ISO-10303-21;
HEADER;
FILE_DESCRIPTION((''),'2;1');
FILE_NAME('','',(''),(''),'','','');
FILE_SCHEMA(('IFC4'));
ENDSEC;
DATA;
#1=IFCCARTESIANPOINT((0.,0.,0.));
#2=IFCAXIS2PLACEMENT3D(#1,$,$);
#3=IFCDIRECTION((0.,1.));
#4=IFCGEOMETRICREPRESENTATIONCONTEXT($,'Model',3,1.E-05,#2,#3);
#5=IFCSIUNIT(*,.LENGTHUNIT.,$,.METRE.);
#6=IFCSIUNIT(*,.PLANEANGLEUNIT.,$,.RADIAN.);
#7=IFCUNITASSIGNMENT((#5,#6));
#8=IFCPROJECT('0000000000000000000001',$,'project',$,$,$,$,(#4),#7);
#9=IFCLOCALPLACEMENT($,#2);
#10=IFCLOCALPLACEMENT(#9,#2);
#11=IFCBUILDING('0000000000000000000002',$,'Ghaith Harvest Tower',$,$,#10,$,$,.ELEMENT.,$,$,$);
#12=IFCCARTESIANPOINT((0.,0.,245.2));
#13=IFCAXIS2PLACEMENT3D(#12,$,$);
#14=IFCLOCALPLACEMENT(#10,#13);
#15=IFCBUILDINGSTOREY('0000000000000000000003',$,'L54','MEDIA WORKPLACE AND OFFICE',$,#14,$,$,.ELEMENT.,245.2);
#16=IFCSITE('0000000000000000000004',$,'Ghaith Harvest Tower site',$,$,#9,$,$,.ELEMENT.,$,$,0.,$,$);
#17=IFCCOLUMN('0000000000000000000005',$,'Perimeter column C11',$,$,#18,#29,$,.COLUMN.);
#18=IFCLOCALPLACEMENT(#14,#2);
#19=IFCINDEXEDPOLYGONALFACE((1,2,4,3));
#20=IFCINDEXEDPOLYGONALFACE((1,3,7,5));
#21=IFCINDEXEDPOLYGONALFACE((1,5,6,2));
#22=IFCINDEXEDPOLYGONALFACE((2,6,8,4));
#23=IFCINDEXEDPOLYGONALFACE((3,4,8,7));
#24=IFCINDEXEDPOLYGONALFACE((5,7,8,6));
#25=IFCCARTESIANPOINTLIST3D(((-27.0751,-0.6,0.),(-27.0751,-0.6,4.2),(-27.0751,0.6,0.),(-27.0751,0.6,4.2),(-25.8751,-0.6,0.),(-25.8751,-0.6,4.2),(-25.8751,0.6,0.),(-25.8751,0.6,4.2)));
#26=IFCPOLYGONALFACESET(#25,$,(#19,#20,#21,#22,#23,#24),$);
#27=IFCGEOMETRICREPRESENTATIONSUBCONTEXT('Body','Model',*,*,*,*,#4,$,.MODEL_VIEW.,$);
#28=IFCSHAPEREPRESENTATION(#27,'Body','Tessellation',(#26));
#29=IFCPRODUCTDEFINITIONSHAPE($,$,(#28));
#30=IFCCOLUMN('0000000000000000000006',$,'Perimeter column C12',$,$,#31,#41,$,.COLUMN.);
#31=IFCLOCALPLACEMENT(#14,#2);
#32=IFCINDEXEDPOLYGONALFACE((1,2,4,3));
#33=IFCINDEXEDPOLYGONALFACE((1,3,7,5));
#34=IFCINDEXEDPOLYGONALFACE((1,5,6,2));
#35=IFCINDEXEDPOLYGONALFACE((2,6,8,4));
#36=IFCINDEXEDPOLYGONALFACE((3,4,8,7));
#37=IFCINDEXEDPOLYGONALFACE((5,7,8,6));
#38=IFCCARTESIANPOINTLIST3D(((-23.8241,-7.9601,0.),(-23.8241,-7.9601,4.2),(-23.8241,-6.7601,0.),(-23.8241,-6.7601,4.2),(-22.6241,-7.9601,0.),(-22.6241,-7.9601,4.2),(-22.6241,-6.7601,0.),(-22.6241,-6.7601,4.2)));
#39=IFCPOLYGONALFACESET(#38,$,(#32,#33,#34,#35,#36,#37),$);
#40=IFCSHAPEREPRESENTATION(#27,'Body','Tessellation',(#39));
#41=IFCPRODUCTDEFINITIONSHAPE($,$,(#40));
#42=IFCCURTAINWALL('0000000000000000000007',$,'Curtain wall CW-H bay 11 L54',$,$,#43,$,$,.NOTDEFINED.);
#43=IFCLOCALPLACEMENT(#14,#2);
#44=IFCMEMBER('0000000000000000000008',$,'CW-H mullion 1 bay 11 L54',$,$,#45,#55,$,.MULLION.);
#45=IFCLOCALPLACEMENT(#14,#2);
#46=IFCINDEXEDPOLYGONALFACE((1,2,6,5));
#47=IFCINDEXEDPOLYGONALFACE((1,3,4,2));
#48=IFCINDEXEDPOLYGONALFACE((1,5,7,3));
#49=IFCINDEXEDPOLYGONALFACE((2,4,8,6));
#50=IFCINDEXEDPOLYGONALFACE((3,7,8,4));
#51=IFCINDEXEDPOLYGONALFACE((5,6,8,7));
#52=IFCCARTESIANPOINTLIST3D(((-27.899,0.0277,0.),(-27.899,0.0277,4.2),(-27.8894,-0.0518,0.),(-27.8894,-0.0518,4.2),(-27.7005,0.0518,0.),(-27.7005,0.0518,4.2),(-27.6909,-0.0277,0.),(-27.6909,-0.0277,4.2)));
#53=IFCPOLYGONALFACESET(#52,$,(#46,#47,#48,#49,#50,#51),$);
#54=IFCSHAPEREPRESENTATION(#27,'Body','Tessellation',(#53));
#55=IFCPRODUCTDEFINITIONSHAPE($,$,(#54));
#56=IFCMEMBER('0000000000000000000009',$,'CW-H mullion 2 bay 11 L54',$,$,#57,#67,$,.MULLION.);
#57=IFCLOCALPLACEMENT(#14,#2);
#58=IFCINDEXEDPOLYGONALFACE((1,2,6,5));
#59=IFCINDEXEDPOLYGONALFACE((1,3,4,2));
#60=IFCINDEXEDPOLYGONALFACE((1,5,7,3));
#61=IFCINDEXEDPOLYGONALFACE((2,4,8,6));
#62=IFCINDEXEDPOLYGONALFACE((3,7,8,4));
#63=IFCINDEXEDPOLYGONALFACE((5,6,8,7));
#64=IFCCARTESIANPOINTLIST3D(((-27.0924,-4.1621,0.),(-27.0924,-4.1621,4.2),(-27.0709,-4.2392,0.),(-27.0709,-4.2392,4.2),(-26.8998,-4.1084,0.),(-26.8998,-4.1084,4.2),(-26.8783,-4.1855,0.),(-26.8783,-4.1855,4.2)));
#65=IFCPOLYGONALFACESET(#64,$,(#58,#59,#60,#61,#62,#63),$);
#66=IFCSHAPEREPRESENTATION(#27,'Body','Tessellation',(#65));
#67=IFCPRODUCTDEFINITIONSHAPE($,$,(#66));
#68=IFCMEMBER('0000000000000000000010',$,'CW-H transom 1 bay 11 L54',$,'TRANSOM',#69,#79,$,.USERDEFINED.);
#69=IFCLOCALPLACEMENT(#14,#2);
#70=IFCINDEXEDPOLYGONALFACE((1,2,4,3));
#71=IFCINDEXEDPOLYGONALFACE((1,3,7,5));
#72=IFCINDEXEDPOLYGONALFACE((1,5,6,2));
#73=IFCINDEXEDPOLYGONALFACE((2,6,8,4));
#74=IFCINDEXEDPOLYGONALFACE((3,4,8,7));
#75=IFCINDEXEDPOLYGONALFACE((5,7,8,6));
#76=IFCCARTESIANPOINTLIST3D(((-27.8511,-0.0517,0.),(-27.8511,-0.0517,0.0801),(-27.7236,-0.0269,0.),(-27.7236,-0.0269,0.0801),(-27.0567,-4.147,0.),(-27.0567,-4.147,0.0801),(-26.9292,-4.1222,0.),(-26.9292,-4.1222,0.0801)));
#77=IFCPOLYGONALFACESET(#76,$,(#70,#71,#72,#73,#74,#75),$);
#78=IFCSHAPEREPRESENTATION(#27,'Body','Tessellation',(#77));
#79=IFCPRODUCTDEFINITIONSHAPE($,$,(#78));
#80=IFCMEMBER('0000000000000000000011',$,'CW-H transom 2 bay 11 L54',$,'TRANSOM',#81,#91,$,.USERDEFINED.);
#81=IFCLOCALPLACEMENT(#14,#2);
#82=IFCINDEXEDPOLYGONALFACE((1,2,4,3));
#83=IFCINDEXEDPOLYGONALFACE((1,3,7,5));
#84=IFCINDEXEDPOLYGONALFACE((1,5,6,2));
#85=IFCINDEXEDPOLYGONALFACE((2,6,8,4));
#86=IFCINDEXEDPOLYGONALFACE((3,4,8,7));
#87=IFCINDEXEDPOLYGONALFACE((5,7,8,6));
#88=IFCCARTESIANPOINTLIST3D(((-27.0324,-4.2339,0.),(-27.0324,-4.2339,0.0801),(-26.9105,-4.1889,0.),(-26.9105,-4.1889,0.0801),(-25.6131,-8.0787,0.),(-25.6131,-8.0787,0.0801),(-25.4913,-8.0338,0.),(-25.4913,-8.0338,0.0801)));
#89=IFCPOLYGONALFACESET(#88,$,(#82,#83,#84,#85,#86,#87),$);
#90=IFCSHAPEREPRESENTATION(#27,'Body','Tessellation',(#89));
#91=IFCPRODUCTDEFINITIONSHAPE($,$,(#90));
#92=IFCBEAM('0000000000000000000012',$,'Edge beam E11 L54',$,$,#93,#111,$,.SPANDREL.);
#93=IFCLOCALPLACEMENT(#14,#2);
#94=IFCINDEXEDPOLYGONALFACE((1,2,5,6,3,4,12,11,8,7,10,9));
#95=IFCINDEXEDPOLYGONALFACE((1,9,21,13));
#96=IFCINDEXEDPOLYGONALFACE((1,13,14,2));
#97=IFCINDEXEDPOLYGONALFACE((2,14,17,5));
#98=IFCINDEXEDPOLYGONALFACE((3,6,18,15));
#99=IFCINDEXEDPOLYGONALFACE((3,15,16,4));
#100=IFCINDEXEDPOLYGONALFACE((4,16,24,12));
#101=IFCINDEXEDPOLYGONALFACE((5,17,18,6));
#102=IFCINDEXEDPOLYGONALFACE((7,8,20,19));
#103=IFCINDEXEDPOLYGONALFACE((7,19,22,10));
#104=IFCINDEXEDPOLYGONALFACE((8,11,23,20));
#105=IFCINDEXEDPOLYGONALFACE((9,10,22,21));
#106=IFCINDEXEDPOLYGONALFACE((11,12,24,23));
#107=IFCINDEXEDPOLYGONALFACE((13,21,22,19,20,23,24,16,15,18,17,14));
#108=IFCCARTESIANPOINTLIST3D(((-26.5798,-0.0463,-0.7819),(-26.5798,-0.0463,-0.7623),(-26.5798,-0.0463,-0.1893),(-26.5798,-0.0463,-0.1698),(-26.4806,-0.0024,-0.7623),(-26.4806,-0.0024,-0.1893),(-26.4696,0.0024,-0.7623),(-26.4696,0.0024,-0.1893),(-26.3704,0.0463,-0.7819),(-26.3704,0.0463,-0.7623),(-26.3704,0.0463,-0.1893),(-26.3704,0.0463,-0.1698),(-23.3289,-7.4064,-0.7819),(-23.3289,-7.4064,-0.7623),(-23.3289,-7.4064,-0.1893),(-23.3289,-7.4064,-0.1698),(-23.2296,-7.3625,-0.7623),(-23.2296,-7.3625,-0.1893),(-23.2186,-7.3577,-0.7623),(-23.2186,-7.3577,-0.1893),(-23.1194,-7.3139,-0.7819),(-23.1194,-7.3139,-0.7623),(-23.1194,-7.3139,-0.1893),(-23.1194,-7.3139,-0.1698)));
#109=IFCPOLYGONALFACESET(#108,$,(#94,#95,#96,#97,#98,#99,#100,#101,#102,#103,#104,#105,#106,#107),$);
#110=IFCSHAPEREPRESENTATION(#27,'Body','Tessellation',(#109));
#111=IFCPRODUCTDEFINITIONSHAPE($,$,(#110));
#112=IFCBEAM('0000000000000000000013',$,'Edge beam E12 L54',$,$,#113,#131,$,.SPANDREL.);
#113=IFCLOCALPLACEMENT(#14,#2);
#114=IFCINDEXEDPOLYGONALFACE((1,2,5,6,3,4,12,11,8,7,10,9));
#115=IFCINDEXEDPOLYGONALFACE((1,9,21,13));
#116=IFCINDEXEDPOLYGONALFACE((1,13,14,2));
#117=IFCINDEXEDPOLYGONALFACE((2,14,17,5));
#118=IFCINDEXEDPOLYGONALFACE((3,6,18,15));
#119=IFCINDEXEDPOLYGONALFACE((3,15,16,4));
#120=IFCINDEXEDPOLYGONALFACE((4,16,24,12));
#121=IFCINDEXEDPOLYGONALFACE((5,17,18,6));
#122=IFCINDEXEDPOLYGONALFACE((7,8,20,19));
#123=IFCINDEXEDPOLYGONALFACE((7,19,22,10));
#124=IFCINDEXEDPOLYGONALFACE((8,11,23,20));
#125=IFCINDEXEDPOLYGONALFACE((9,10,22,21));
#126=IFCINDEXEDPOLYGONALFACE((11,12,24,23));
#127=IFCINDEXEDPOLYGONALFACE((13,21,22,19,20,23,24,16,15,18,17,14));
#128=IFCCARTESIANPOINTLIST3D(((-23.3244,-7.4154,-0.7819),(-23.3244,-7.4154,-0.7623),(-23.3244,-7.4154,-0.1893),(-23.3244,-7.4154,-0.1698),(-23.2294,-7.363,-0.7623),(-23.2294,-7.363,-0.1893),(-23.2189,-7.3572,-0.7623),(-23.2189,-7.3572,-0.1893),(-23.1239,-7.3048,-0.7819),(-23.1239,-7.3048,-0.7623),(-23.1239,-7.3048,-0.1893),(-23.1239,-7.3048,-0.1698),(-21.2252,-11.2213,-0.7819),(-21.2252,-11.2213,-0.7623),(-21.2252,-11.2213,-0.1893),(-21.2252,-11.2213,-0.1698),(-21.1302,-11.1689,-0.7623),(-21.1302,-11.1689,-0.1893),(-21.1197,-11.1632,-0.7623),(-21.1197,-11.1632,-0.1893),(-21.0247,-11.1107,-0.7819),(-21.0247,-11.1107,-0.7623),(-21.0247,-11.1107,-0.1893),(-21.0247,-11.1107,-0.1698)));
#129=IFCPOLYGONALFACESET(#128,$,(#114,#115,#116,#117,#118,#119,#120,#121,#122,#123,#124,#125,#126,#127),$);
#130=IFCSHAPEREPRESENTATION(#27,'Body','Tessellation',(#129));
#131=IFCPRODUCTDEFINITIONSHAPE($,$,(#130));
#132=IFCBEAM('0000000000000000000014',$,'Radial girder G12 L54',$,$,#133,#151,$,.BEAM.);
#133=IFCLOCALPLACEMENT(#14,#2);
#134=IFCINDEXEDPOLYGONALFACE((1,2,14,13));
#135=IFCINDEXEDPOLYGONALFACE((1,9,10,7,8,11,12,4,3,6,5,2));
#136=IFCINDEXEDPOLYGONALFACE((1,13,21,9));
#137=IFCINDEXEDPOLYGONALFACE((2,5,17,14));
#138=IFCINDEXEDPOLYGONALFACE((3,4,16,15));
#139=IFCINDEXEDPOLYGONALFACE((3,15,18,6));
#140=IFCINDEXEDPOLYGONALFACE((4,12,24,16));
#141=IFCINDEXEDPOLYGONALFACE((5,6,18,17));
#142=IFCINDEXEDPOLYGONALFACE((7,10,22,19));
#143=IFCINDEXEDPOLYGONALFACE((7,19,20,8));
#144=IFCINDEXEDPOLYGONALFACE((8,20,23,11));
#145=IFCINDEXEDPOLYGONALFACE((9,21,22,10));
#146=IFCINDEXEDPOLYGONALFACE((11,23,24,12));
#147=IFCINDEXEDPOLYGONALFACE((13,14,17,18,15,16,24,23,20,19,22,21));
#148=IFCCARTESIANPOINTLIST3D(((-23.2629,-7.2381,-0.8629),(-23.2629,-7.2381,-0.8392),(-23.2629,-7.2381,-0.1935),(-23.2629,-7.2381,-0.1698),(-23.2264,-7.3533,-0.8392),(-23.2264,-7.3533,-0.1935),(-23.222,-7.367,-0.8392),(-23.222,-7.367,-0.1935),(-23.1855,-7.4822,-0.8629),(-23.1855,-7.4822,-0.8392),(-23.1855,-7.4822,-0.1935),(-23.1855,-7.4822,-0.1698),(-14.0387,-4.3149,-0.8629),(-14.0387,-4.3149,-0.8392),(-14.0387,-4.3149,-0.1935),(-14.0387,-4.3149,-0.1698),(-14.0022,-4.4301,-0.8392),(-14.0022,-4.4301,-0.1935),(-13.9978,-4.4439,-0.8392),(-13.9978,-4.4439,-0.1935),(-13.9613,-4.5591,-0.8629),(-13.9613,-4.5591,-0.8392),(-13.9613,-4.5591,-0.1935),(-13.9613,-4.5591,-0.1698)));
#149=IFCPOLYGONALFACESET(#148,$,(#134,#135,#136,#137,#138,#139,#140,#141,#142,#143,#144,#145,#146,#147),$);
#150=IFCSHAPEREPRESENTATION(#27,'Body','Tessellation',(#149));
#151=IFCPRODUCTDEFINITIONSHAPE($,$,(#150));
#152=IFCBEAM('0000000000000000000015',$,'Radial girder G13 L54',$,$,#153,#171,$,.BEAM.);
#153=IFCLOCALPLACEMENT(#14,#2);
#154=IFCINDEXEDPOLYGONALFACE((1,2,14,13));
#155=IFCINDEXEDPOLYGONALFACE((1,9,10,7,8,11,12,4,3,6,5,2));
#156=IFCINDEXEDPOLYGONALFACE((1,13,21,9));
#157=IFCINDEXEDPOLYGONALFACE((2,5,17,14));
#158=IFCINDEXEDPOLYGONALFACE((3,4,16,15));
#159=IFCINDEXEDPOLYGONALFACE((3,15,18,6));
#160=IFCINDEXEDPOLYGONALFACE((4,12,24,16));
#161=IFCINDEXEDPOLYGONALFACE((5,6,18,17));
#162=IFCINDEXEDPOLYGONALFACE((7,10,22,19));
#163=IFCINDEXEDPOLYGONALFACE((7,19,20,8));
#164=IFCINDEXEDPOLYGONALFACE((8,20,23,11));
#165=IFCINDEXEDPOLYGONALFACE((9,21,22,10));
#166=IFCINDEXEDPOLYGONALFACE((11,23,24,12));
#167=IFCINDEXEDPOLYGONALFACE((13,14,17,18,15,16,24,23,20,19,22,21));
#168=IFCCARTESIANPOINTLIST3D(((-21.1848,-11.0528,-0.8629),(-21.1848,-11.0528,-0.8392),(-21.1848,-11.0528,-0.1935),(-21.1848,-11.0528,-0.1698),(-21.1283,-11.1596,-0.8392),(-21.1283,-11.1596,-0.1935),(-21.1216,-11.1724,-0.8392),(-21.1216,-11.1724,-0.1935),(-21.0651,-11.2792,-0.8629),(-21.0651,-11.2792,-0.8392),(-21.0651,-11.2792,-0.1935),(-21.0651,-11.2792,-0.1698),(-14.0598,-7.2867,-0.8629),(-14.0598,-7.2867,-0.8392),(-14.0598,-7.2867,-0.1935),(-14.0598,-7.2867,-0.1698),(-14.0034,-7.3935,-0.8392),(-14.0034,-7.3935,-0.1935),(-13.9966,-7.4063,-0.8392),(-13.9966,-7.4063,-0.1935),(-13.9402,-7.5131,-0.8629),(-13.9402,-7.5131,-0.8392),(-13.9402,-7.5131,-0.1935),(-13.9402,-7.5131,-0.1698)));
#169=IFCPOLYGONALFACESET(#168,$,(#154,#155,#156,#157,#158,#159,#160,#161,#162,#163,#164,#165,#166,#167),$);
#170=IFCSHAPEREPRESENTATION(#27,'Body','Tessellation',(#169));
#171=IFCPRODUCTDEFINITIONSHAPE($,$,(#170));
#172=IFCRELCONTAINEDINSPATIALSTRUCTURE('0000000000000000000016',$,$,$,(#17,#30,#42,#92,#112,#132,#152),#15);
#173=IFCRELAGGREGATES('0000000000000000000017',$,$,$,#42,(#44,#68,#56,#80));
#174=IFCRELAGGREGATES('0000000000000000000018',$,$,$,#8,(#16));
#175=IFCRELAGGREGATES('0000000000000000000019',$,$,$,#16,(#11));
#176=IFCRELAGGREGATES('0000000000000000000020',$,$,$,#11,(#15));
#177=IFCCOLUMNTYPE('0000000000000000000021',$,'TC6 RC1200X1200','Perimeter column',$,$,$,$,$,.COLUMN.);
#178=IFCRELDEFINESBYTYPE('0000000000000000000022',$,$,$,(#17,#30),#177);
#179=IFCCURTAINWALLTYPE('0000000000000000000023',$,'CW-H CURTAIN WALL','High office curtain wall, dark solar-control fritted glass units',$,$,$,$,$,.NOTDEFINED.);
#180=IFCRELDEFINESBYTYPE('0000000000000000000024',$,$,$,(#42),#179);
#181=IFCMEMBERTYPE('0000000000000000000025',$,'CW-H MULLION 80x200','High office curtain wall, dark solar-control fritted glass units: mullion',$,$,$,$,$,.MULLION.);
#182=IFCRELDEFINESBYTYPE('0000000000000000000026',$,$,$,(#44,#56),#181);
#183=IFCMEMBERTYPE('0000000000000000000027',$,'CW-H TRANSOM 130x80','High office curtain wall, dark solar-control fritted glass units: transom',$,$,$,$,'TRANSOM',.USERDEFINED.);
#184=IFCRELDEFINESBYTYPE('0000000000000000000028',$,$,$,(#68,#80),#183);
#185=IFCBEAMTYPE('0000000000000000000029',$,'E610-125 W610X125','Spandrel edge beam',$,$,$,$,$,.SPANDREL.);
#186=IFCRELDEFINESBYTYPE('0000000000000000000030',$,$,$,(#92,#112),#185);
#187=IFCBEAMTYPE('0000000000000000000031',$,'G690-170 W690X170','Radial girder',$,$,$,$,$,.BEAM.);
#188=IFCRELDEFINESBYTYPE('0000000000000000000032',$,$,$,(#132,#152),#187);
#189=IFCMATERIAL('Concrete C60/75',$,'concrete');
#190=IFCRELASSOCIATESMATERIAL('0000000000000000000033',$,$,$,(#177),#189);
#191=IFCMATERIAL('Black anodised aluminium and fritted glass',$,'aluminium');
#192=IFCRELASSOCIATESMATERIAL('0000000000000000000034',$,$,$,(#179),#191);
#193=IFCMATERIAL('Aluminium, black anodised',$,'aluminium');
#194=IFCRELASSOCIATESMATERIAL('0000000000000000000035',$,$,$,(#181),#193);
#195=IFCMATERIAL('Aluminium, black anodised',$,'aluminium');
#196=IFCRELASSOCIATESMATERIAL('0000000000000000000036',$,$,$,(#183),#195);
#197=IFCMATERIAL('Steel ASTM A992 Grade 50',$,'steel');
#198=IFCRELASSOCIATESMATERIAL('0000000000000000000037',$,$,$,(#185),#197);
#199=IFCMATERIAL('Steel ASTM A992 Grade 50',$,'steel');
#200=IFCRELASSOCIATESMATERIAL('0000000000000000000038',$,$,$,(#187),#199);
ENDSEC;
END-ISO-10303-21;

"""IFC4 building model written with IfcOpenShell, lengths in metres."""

from ifc_helpers import new_model, si_unit, direction, frame, origin, origin_2d, place, context, subcontext, project, spatial, rectangle, i_section, extrude, material, material_profile, profile_set, type_object, element, aggregate, save


model = new_model("IFC4")

# Units and contexts
model_context = context("Model", 3, precision=1e-05, world=origin(), true_north=direction((0.0, 1.0)))
body_context = subcontext(model_context, "Body", "Model", "MODEL_VIEW")
ifc_project = project(units=[si_unit("LENGTHUNIT", "METRE"), si_unit("PLANEANGLEUNIT", "RADIAN")], contexts=[model_context])

# Site, building, storey
site_placement = place(None, origin())
site = spatial("IfcSite", under=ifc_project, at=site_placement, Name="Ghaith Harvest Tower site", CompositionType="ELEMENT", RefElevation=0.0)
building_placement = place(site_placement, origin())
building = spatial("IfcBuilding", under=site, at=building_placement, Name="Ghaith Harvest Tower", CompositionType="ELEMENT")
storey_placement = place(building_placement, frame((0.0, 0.0, 245.2)))
storey = spatial("IfcBuildingStorey", under=building, at=storey_placement, Name="L54", Description="MEDIA WORKPLACE AND OFFICE", CompositionType="ELEMENT", Elevation=245.2)

# Columns
ifc_material_1 = material(Name="Concrete C60/75", Category="concrete")
ifc_material_profile_1 = material_profile(ifc_material_1, rectangle(XDim=1.2, YDim=1.2, at=origin_2d()), Name="RC1200X1200")
ifc_profile_set_1 = profile_set([ifc_material_profile_1], Name="Concrete C60/75")
column_type = type_object("IfcColumnType", Name="TC6 RC1200X1200", Description="Perimeter column", PredefinedType="COLUMN", material=ifc_profile_set_1)
for number, where, z_axis, x_axis, name in (
    (1, (-26.4751, 0.0, 0.0), (0.0, 0.0, 1.0), (1.0, 0.0, 0.0), "Perimeter column C11"),
    (2, (-23.2241, -7.3601, 0.0), (0.0, 0.0, 1.0), (1.0, 0.0, 0.0), "Perimeter column C12"),
):
    element("IfcColumn", number, at=place(storey_placement, frame(where, z_axis=z_axis, x_axis=x_axis)), inside=storey, type_object=column_type, Name=name, PredefinedType="COLUMN", context=body_context, shape_type="SweptSolid", body=[
        extrude(rectangle(XDim=1.2, YDim=1.2, at=origin_2d()), origin(), (0.0, 0.0, 1.0), 4.2),
    ])

# Curtain wall, members
ifc_material_2 = material(Name="Black anodised aluminium and fritted glass", Category="aluminium")
curtain_wall_type = type_object("IfcCurtainWallType", Name="CW-H CURTAIN WALL", Description="High office curtain wall, dark solar-control fritted glass units", PredefinedType="NOTDEFINED", material=ifc_material_2)
curtain_wall_placement = place(storey_placement, origin())
curtain_wall = element("IfcCurtainWall", 3, at=curtain_wall_placement, inside=storey, type_object=curtain_wall_type, Name="Curtain wall CW-H bay 11 L54", PredefinedType="NOTDEFINED")
ifc_material_3 = material(Name="Aluminium, black anodised", Category="aluminium")
ifc_material_profile_2 = material_profile(ifc_material_3, rectangle(XDim=0.0801, YDim=0.2, at=origin_2d()), Name="CW-H MULLION 80x200")
ifc_profile_set_2 = profile_set([ifc_material_profile_2], Name="Aluminium, black anodised")
member_type_1 = type_object("IfcMemberType", Name="CW-H MULLION 80x200", Description="High office curtain wall, dark solar-control fritted glass units: mullion", PredefinedType="MULLION", material=ifc_profile_set_2)
member_1_placement = place(storey_placement, frame((-27.7949, 0.0, 0.0), z_axis=(0.0, 0.0, 1.0), x_axis=(0.12025, -0.992744, 0.0)))
member_1 = element("IfcMember", 4, at=member_1_placement, type_object=member_type_1, Name="CW-H mullion 1 bay 11 L54", PredefinedType="MULLION", context=body_context, shape_type="SweptSolid", body=[
    extrude(rectangle(XDim=0.0801, YDim=0.2, at=origin_2d()), origin(), (0.0, 0.0, 1.0), 4.2),
])
member_2_placement = place(storey_placement, frame((-26.9854, -4.1738, 0.0), z_axis=(0.0, 0.0, 1.0), x_axis=(0.268569, -0.96326, 0.0)))
member_2 = element("IfcMember", 5, at=member_2_placement, type_object=member_type_1, Name="CW-H mullion 2 bay 11 L54", PredefinedType="MULLION", context=body_context, shape_type="SweptSolid", body=[
    extrude(rectangle(XDim=0.0801, YDim=0.2, at=origin_2d()), origin(), (0.0, 0.0, 1.0), 4.2),
])
ifc_material_4 = material(Name="Aluminium, black anodised", Category="aluminium")
ifc_material_profile_3 = material_profile(ifc_material_4, rectangle(XDim=0.1299, YDim=0.0801, at=origin_2d()), Name="CW-H TRANSOM 130x80")
ifc_profile_set_3 = profile_set([ifc_material_profile_3], Name="Aluminium, black anodised")
member_type_2 = type_object("IfcMemberType", Name="CW-H TRANSOM 130x80", Description="High office curtain wall, dark solar-control fritted glass units: transom", ElementType="TRANSOM", PredefinedType="USERDEFINED", material=ifc_profile_set_3)
member_3_placement = place(storey_placement, frame((-27.7874, -0.0393, 0.04), z_axis=(0.19044, -0.981699, 0.0), x_axis=(0.981699, 0.19044, 0.0)))
member_3 = element("IfcMember", 6, at=member_3_placement, type_object=member_type_2, Name="CW-H transom 1 bay 11 L54", ObjectType="TRANSOM", PredefinedType="USERDEFINED", context=body_context, shape_type="SweptSolid", body=[
    extrude(rectangle(XDim=0.1299, YDim=0.0801, at=origin_2d()), origin(), (0.0, 0.0, 1.0), 4.1716),
])
member_4_placement = place(storey_placement, frame((-26.9714, -4.2114, 0.04), z_axis=(0.346288, -0.938128, 0.0), x_axis=(0.938128, 0.346288, 0.0)))
member_4 = element("IfcMember", 7, at=member_4_placement, type_object=member_type_2, Name="CW-H transom 2 bay 11 L54", ObjectType="TRANSOM", PredefinedType="USERDEFINED", context=body_context, shape_type="SweptSolid", body=[
    extrude(rectangle(XDim=0.1299, YDim=0.0801, at=origin_2d()), origin(), (0.0, 0.0, 1.0), 4.0984),
])

# Beams
ifc_material_5 = material(Name="Steel ASTM A992 Grade 50", Category="steel")
ifc_material_profile_4 = material_profile(ifc_material_5, i_section(OverallWidth=0.229, OverallDepth=0.6121, WebThickness=0.012, FlangeThickness=0.0195, at=origin_2d()), Name="W610X125")
ifc_profile_set_4 = profile_set([ifc_material_profile_4], Name="Steel ASTM A992 Grade 50")
beam_type_1 = type_object("IfcBeamType", Name="E610-125 W610X125", Description="Spandrel edge beam", PredefinedType="SPANDREL", material=ifc_profile_set_4)
beam_1_placement = place(storey_placement, frame((-26.4751, 0.0, -0.4758), z_axis=(0.404043, -0.91474, 0.0), x_axis=(0.91474, 0.404043, 0.0)))
element("IfcBeam", 8, at=beam_1_placement, inside=storey, type_object=beam_type_1, Name="Edge beam E11 L54", PredefinedType="SPANDREL", context=body_context, shape_type="SweptSolid", body=[
    extrude(i_section(OverallWidth=0.229, OverallDepth=0.6121, WebThickness=0.012, FlangeThickness=0.0195, at=origin_2d()), origin(), (0.0, 0.0, 1.0), 8.0461),
])
beam_2_placement = place(storey_placement, frame((-23.2241, -7.3601, -0.4758), z_axis=(0.482956, -0.875645, 0.0), x_axis=(0.875645, 0.482956, 0.0)))
element("IfcBeam", 9, at=beam_2_placement, inside=storey, type_object=beam_type_1, Name="Edge beam E12 L54", PredefinedType="SPANDREL", context=body_context, shape_type="SweptSolid", body=[
    extrude(i_section(OverallWidth=0.229, OverallDepth=0.6121, WebThickness=0.012, FlangeThickness=0.0195, at=origin_2d()), origin(), (0.0, 0.0, 1.0), 4.3464),
])
ifc_material_6 = material(Name="Steel ASTM A992 Grade 50", Category="steel")
ifc_material_profile_5 = material_profile(ifc_material_6, i_section(OverallWidth=0.2561, OverallDepth=0.6931, WebThickness=0.0144, FlangeThickness=0.0237, at=origin_2d()), Name="W690X170")
ifc_profile_set_5 = profile_set([ifc_material_profile_5], Name="Steel ASTM A992 Grade 50")
beam_type_2 = type_object("IfcBeamType", Name="G690-170 W690X170", Description="Radial girder", PredefinedType="BEAM", material=ifc_profile_set_5)
beam_3_placement = place(storey_placement, frame((-14.0, -4.437, -0.5164), z_axis=(-0.953279, -0.302091, 0.0), x_axis=(0.302091, -0.953279, 0.0)))
element("IfcBeam", 10, at=beam_3_placement, inside=storey, type_object=beam_type_2, Name="Radial girder G12 L54", PredefinedType="BEAM", context=body_context, shape_type="SweptSolid", body=[
    extrude(i_section(OverallWidth=0.2561, OverallDepth=0.6931, WebThickness=0.0144, FlangeThickness=0.0237, at=origin_2d()), origin(), (0.0, 0.0, 1.0), 9.6763),
])
beam_4_placement = place(storey_placement, frame((-14.0, -7.3999, -0.5164), z_axis=(-0.884093, -0.467311, 0.0), x_axis=(0.467311, -0.884093, 0.0)))
element("IfcBeam", 11, at=beam_4_placement, inside=storey, type_object=beam_type_2, Name="Radial girder G13 L54", PredefinedType="BEAM", context=body_context, shape_type="SweptSolid", body=[
    extrude(i_section(OverallWidth=0.2561, OverallDepth=0.6931, WebThickness=0.0144, FlangeThickness=0.0237, at=origin_2d()), origin(), (0.0, 0.0, 1.0), 8.0591),
])

aggregate(curtain_wall, [member_1, member_3, member_2, member_4])

save(model, "model.ifc")
